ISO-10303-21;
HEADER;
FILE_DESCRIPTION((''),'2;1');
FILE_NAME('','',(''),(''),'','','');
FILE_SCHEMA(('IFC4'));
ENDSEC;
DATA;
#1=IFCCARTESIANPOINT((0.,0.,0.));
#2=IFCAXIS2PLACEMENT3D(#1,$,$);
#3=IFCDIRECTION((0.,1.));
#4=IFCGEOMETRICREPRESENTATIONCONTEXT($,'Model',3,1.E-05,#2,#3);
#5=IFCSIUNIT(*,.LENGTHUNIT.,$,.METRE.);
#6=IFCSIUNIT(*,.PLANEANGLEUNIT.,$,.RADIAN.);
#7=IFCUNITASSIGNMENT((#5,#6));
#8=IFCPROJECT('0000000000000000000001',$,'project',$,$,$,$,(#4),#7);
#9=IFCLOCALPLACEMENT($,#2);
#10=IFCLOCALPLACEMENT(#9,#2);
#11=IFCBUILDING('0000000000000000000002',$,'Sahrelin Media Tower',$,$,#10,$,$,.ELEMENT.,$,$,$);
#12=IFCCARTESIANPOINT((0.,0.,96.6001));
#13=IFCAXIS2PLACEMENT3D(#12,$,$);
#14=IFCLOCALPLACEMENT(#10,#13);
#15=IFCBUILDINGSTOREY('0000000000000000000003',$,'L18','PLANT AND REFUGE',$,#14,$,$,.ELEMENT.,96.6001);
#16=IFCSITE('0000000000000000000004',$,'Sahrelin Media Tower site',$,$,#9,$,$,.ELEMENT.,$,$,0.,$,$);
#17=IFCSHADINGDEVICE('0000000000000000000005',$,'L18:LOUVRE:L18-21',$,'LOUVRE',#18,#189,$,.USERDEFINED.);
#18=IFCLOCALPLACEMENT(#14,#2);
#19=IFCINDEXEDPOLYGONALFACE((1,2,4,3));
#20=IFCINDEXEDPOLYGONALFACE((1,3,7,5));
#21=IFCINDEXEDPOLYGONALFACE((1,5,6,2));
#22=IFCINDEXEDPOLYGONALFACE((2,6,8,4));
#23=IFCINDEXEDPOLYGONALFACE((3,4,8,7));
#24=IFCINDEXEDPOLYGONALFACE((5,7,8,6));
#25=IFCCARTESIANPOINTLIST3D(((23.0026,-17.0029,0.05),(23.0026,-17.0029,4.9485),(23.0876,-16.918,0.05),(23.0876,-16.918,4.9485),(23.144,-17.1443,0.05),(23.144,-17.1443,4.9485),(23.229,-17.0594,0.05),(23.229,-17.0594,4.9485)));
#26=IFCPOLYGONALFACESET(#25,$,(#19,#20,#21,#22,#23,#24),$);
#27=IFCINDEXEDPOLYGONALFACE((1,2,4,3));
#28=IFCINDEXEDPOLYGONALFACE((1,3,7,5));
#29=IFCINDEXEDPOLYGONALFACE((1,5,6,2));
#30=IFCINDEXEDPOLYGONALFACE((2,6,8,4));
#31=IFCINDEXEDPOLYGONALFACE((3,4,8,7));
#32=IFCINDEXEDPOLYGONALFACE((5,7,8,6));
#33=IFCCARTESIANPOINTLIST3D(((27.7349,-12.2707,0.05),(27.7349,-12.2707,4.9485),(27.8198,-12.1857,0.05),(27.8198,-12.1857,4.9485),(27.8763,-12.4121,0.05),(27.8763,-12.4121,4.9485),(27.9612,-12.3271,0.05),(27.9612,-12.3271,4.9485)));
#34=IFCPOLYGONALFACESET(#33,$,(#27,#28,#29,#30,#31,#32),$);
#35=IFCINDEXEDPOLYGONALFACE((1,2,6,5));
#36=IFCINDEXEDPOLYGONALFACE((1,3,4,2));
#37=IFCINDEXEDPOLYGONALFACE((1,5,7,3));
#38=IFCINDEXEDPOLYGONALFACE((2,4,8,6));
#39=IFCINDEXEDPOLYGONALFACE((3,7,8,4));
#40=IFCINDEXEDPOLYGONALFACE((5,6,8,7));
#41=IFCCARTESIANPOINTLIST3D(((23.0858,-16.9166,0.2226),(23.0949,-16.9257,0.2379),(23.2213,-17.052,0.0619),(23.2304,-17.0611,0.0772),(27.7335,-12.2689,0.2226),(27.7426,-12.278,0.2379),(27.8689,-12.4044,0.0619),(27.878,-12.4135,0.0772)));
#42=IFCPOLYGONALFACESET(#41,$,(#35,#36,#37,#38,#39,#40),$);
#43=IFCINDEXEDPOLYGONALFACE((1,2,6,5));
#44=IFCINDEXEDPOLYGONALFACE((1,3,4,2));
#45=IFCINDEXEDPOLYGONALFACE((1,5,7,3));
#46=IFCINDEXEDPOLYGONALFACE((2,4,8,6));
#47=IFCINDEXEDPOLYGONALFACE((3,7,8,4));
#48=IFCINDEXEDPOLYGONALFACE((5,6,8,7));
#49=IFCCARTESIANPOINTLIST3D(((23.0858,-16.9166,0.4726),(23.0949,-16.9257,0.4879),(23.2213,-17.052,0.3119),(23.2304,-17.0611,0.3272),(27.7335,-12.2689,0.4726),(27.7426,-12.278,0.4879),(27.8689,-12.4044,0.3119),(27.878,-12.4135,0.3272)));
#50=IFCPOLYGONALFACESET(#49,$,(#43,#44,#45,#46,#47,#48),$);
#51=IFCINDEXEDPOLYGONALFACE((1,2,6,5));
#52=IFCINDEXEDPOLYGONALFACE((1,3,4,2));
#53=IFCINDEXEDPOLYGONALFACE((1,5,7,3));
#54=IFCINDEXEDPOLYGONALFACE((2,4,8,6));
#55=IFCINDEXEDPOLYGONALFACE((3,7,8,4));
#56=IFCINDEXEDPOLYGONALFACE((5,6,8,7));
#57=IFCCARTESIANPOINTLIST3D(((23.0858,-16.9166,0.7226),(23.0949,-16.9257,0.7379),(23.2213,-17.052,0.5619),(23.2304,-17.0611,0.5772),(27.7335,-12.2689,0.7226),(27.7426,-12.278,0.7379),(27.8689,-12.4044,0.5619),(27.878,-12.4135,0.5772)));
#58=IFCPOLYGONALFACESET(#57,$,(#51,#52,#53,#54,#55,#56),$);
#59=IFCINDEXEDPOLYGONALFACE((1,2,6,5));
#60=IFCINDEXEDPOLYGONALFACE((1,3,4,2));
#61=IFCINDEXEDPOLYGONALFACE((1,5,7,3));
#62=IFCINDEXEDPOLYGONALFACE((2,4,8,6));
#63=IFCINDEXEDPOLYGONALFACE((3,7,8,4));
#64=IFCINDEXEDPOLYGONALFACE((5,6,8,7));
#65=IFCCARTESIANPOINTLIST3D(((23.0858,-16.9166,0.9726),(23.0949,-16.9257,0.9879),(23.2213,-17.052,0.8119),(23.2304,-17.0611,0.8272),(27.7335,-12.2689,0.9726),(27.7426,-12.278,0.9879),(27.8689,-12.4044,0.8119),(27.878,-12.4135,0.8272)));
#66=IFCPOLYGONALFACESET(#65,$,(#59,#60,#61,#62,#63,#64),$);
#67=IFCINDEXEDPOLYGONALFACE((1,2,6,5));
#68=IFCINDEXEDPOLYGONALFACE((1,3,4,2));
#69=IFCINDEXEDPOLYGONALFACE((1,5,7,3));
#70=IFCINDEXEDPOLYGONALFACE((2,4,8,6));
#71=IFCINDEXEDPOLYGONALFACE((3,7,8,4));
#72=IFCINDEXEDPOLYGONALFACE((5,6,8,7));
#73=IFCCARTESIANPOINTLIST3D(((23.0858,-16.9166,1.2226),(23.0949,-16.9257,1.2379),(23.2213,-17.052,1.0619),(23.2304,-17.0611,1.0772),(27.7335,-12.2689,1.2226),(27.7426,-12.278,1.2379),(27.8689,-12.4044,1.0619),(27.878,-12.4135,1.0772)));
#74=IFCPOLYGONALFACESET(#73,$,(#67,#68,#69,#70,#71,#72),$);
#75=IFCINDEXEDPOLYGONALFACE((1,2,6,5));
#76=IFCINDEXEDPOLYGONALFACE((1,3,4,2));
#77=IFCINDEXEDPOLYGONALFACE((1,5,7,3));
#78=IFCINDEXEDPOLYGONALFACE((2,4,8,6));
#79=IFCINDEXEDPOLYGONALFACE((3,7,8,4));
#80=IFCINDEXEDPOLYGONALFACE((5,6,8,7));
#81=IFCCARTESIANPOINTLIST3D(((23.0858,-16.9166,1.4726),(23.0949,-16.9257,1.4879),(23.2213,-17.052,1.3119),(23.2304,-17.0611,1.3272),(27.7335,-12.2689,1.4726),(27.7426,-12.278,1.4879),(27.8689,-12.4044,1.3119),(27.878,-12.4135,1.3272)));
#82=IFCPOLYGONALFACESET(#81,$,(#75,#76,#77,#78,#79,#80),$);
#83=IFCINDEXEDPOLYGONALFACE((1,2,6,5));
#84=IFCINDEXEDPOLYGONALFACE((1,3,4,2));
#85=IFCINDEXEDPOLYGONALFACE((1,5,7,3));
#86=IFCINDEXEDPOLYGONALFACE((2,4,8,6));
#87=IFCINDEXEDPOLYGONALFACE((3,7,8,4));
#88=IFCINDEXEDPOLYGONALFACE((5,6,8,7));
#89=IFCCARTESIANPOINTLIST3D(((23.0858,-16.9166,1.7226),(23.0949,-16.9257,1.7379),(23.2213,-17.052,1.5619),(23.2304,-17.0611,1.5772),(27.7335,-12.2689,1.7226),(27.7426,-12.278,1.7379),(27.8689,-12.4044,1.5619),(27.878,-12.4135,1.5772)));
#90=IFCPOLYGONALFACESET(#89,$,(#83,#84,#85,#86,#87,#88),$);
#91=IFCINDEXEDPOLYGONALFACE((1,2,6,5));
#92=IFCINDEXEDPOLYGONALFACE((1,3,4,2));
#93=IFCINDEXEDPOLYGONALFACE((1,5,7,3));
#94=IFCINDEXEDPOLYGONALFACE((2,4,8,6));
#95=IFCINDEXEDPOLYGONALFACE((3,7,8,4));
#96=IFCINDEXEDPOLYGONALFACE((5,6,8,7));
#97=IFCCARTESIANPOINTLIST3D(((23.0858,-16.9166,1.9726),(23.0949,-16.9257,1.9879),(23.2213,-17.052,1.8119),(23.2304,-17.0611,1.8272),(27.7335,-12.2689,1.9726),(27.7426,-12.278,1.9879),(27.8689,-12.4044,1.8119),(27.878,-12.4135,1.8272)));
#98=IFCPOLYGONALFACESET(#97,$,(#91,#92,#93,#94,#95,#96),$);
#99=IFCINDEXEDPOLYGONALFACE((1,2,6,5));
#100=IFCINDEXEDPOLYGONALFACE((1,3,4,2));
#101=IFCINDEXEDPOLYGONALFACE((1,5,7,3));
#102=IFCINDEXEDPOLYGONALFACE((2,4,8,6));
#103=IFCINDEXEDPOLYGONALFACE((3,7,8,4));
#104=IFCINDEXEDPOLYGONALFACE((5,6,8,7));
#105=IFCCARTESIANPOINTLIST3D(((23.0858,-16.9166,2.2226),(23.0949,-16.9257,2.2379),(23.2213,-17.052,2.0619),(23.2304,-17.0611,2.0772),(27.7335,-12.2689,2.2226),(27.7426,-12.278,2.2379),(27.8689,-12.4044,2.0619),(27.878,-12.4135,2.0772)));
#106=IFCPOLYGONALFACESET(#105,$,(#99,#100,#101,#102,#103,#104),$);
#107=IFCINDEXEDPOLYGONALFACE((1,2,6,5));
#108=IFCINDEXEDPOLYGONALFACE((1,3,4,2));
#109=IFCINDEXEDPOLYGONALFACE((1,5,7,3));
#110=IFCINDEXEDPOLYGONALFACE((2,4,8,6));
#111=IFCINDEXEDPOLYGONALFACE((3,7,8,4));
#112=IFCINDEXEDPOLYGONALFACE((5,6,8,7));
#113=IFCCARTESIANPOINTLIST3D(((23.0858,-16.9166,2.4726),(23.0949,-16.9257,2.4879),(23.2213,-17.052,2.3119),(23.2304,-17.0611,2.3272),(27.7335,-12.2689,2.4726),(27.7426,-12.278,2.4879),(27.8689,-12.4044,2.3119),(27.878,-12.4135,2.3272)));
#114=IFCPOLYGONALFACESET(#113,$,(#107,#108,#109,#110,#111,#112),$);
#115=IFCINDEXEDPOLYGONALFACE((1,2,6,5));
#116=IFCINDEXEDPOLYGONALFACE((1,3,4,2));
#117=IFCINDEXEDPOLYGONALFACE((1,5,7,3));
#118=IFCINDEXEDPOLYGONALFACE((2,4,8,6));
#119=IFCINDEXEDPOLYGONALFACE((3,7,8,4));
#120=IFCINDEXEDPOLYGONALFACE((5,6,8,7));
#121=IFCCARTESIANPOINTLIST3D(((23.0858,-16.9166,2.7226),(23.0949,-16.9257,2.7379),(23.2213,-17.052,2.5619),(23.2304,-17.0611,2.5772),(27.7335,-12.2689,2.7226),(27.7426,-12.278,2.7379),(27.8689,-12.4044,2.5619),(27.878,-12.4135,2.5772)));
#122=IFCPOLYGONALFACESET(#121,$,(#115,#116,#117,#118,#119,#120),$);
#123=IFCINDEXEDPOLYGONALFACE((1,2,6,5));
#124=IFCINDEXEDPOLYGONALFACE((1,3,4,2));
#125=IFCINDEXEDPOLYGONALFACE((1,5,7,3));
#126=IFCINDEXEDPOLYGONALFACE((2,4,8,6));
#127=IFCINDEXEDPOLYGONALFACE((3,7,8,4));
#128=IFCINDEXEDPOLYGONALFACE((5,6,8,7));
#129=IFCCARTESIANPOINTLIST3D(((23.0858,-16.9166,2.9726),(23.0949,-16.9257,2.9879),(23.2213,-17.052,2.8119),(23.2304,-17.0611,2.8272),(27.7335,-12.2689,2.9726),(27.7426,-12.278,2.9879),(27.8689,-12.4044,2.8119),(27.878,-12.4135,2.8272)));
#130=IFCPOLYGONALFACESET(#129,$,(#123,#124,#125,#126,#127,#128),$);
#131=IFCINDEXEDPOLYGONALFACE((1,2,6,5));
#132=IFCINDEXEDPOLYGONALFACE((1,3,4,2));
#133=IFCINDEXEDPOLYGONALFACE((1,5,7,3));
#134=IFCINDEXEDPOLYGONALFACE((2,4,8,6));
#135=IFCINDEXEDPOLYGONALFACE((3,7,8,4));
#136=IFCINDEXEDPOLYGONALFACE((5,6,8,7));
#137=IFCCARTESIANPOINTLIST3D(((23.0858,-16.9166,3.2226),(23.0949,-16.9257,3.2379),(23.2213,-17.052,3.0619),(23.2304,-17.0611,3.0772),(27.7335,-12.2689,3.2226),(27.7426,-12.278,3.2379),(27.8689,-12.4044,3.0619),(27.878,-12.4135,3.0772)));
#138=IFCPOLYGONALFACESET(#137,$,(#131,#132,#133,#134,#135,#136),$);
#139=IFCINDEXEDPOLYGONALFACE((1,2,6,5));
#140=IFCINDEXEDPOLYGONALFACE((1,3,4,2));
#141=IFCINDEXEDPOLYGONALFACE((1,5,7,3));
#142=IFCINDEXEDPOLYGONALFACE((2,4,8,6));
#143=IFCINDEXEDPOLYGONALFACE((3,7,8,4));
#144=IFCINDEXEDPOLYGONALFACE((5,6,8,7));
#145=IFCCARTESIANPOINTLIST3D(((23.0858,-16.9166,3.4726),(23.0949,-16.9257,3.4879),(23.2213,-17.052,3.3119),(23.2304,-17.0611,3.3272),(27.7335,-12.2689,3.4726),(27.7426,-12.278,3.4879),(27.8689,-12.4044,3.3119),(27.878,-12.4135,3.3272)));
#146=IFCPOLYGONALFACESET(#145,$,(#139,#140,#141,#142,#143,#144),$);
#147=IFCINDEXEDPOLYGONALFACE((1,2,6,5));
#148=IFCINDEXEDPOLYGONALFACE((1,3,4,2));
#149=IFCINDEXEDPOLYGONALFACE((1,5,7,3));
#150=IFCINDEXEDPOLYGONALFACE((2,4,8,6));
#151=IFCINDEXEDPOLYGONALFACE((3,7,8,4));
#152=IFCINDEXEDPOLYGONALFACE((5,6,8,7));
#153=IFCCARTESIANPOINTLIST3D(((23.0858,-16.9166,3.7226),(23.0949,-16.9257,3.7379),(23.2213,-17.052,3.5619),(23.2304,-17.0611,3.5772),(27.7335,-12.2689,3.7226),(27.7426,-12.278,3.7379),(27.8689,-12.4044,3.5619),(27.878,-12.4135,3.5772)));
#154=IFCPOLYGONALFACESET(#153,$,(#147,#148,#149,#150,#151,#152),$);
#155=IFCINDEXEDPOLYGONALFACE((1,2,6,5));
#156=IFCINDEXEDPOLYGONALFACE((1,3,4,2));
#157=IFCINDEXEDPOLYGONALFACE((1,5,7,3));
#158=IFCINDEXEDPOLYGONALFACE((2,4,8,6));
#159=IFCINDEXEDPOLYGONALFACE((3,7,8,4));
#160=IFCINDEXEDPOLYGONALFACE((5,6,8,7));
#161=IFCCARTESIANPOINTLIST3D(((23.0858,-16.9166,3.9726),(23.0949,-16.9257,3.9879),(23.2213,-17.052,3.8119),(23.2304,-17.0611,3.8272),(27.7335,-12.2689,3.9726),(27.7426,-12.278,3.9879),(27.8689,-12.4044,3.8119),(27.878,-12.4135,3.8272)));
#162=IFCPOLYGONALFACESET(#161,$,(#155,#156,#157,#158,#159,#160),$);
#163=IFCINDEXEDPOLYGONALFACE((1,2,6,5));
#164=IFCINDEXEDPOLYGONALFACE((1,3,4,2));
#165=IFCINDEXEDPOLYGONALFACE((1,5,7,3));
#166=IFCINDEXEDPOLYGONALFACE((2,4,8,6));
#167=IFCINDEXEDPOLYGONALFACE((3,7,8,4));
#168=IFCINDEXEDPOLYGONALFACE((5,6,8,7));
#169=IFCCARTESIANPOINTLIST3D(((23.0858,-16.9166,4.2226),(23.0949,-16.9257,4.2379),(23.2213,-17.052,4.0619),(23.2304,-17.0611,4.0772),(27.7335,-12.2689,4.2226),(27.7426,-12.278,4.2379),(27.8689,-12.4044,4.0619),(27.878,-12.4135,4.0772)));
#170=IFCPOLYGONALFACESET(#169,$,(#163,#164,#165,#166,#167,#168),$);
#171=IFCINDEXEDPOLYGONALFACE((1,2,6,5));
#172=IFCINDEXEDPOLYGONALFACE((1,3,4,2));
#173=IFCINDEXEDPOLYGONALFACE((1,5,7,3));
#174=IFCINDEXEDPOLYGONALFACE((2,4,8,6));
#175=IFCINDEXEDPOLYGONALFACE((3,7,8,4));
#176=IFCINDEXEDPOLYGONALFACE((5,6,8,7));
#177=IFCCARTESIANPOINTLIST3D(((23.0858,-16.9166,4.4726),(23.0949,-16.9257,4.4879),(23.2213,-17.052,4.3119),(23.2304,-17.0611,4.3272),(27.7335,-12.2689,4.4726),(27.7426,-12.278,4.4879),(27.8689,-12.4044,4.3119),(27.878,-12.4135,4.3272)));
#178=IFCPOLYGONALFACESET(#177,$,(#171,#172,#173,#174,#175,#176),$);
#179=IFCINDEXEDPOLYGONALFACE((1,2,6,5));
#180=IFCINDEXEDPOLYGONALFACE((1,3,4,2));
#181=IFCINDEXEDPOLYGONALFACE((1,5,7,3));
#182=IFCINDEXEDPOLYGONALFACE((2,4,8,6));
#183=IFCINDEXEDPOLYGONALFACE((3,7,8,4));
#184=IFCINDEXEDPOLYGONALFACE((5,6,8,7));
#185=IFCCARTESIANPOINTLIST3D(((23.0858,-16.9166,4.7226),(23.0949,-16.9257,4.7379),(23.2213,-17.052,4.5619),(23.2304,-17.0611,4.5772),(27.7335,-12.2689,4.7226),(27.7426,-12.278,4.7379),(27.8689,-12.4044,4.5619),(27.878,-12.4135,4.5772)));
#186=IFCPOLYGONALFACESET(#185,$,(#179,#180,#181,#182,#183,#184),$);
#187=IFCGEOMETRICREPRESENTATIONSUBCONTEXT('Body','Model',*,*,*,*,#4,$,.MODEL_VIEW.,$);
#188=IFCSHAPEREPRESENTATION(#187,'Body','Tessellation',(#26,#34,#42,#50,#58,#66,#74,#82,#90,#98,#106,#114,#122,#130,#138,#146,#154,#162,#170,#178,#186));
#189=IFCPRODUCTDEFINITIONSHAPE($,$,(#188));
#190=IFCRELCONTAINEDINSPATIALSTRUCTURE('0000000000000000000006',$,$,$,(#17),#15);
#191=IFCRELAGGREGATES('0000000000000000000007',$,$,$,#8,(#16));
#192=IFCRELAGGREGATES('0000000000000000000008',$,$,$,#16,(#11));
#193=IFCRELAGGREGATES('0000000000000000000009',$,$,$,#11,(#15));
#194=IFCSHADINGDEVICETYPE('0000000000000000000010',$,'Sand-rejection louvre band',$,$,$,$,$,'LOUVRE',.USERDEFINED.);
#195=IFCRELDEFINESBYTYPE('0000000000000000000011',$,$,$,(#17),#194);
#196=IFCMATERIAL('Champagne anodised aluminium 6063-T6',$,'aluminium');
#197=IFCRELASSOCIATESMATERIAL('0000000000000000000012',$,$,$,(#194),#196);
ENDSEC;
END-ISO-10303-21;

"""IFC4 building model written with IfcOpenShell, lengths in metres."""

from ifc_helpers import new_model, si_unit, direction, frame, origin, origin_2d, place, context, subcontext, project, spatial, rectangle, extrude, material, type_object, element, save


model = new_model("IFC4")

# Units and contexts
model_context = context("Model", 3, precision=1e-05, world=origin(), true_north=direction((0.0, 1.0)))
body_context = subcontext(model_context, "Body", "Model", "MODEL_VIEW")
ifc_project = project(units=[si_unit("LENGTHUNIT", "METRE"), si_unit("PLANEANGLEUNIT", "RADIAN")], contexts=[model_context])

# Site, building, storey
site_placement = place(None, origin())
site = spatial("IfcSite", under=ifc_project, at=site_placement, Name="Sahrelin Media Tower site", CompositionType="ELEMENT", RefElevation=0.0)
building_placement = place(site_placement, origin())
building = spatial("IfcBuilding", under=site, at=building_placement, Name="Sahrelin Media Tower", CompositionType="ELEMENT")
storey_placement = place(building_placement, frame((0.0, 0.0, 96.6001)))
storey = spatial("IfcBuildingStorey", under=building, at=storey_placement, Name="L18", Description="PLANT AND REFUGE", CompositionType="ELEMENT", Elevation=96.6001)

# Shading device
ifc_material_1 = material(Name="Champagne anodised aluminium 6063-T6", Category="aluminium")
shading_device_type = type_object("IfcShadingDeviceType", Name="Sand-rejection louvre band", ElementType="LOUVRE", PredefinedType="USERDEFINED", material=ifc_material_1)
shading_device_1_placement = place(storey_placement, frame((25.4111, -14.5942, 0.0), z_axis=(0.0, 0.0, 1.0), x_axis=(-0.707107, -0.707107, 0.0)))
element("IfcShadingDevice", 1, at=shading_device_1_placement, inside=storey, type_object=shading_device_type, Name="L18:LOUVRE:L18-21", ObjectType="LOUVRE", PredefinedType="USERDEFINED", context=body_context, shape_type="SweptSolid", body=[
    extrude(rectangle(XDim=0.1201, YDim=0.2, at=origin_2d()), frame((3.3462, 0.1001, 0.05), z_axis=(0.0, 0.0, 1.0), x_axis=(1.0, 0.0, 0.0)), (0.0, 0.0, 1.0), 4.8984),
    extrude(rectangle(XDim=0.1201, YDim=0.2, at=origin_2d()), frame((-3.3462, 0.1001, 0.05), z_axis=(0.0, 0.0, 1.0), x_axis=(1.0, 0.0, 0.0)), (0.0, 0.0, 1.0), 4.8984),
    extrude(rectangle(XDim=0.25, YDim=0.02, at=origin_2d()), frame((3.2864, 0.1001, 0.1499), z_axis=(-1.0, 0.0, 0.0), x_axis=(0.0, -0.766044, 0.642788)), (0.0, 0.0, 1.0), 6.5728),
    extrude(rectangle(XDim=0.25, YDim=0.02, at=origin_2d()), frame((3.2864, 0.1001, 0.3999), z_axis=(-1.0, 0.0, 0.0), x_axis=(0.0, -0.766044, 0.642788)), (0.0, 0.0, 1.0), 6.5728),
    extrude(rectangle(XDim=0.25, YDim=0.02, at=origin_2d()), frame((3.2864, 0.1001, 0.6499), z_axis=(-1.0, 0.0, 0.0), x_axis=(0.0, -0.766044, 0.642788)), (0.0, 0.0, 1.0), 6.5728),
    extrude(rectangle(XDim=0.25, YDim=0.02, at=origin_2d()), frame((3.2864, 0.1001, 0.8999), z_axis=(-1.0, 0.0, 0.0), x_axis=(0.0, -0.766044, 0.642788)), (0.0, 0.0, 1.0), 6.5728),
    extrude(rectangle(XDim=0.25, YDim=0.02, at=origin_2d()), frame((3.2864, 0.1001, 1.1499), z_axis=(-1.0, 0.0, 0.0), x_axis=(0.0, -0.766044, 0.642788)), (0.0, 0.0, 1.0), 6.5728),
    extrude(rectangle(XDim=0.25, YDim=0.02, at=origin_2d()), frame((3.2864, 0.1001, 1.3999), z_axis=(-1.0, 0.0, 0.0), x_axis=(0.0, -0.766044, 0.642788)), (0.0, 0.0, 1.0), 6.5728),
    extrude(rectangle(XDim=0.25, YDim=0.02, at=origin_2d()), frame((3.2864, 0.1001, 1.6499), z_axis=(-1.0, 0.0, 0.0), x_axis=(0.0, -0.766044, 0.642788)), (0.0, 0.0, 1.0), 6.5728),
    extrude(rectangle(XDim=0.25, YDim=0.02, at=origin_2d()), frame((3.2864, 0.1001, 1.8999), z_axis=(-1.0, 0.0, 0.0), x_axis=(0.0, -0.766044, 0.642788)), (0.0, 0.0, 1.0), 6.5728),
    extrude(rectangle(XDim=0.25, YDim=0.02, at=origin_2d()), frame((3.2864, 0.1001, 2.1499), z_axis=(-1.0, 0.0, 0.0), x_axis=(0.0, -0.766044, 0.642788)), (0.0, 0.0, 1.0), 6.5728),
    extrude(rectangle(XDim=0.25, YDim=0.02, at=origin_2d()), frame((3.2864, 0.1001, 2.3999), z_axis=(-1.0, 0.0, 0.0), x_axis=(0.0, -0.766044, 0.642788)), (0.0, 0.0, 1.0), 6.5728),
    extrude(rectangle(XDim=0.25, YDim=0.02, at=origin_2d()), frame((3.2864, 0.1001, 2.6499), z_axis=(-1.0, 0.0, 0.0), x_axis=(0.0, -0.766044, 0.642788)), (0.0, 0.0, 1.0), 6.5728),
    extrude(rectangle(XDim=0.25, YDim=0.02, at=origin_2d()), frame((3.2864, 0.1001, 2.8999), z_axis=(-1.0, 0.0, 0.0), x_axis=(0.0, -0.766044, 0.642788)), (0.0, 0.0, 1.0), 6.5728),
    extrude(rectangle(XDim=0.25, YDim=0.02, at=origin_2d()), frame((3.2864, 0.1001, 3.1499), z_axis=(-1.0, 0.0, 0.0), x_axis=(0.0, -0.766044, 0.642788)), (0.0, 0.0, 1.0), 6.5728),
    extrude(rectangle(XDim=0.25, YDim=0.02, at=origin_2d()), frame((3.2864, 0.1001, 3.3999), z_axis=(-1.0, 0.0, 0.0), x_axis=(0.0, -0.766044, 0.642788)), (0.0, 0.0, 1.0), 6.5728),
    extrude(rectangle(XDim=0.25, YDim=0.02, at=origin_2d()), frame((3.2864, 0.1001, 3.6499), z_axis=(-1.0, 0.0, 0.0), x_axis=(0.0, -0.766044, 0.642788)), (0.0, 0.0, 1.0), 6.5728),
    extrude(rectangle(XDim=0.25, YDim=0.02, at=origin_2d()), frame((3.2864, 0.1001, 3.8999), z_axis=(-1.0, 0.0, 0.0), x_axis=(0.0, -0.766044, 0.642788)), (0.0, 0.0, 1.0), 6.5728),
    extrude(rectangle(XDim=0.25, YDim=0.02, at=origin_2d()), frame((3.2864, 0.1001, 4.1499), z_axis=(-1.0, 0.0, 0.0), x_axis=(0.0, -0.766044, 0.642788)), (0.0, 0.0, 1.0), 6.5728),
    extrude(rectangle(XDim=0.25, YDim=0.02, at=origin_2d()), frame((3.2864, 0.1001, 4.3999), z_axis=(-1.0, 0.0, 0.0), x_axis=(0.0, -0.766044, 0.642788)), (0.0, 0.0, 1.0), 6.5728),
    extrude(rectangle(XDim=0.25, YDim=0.02, at=origin_2d()), frame((3.2864, 0.1001, 4.6499), z_axis=(-1.0, 0.0, 0.0), x_axis=(0.0, -0.766044, 0.642788)), (0.0, 0.0, 1.0), 6.5728),
])

save(model, "model.ifc")
